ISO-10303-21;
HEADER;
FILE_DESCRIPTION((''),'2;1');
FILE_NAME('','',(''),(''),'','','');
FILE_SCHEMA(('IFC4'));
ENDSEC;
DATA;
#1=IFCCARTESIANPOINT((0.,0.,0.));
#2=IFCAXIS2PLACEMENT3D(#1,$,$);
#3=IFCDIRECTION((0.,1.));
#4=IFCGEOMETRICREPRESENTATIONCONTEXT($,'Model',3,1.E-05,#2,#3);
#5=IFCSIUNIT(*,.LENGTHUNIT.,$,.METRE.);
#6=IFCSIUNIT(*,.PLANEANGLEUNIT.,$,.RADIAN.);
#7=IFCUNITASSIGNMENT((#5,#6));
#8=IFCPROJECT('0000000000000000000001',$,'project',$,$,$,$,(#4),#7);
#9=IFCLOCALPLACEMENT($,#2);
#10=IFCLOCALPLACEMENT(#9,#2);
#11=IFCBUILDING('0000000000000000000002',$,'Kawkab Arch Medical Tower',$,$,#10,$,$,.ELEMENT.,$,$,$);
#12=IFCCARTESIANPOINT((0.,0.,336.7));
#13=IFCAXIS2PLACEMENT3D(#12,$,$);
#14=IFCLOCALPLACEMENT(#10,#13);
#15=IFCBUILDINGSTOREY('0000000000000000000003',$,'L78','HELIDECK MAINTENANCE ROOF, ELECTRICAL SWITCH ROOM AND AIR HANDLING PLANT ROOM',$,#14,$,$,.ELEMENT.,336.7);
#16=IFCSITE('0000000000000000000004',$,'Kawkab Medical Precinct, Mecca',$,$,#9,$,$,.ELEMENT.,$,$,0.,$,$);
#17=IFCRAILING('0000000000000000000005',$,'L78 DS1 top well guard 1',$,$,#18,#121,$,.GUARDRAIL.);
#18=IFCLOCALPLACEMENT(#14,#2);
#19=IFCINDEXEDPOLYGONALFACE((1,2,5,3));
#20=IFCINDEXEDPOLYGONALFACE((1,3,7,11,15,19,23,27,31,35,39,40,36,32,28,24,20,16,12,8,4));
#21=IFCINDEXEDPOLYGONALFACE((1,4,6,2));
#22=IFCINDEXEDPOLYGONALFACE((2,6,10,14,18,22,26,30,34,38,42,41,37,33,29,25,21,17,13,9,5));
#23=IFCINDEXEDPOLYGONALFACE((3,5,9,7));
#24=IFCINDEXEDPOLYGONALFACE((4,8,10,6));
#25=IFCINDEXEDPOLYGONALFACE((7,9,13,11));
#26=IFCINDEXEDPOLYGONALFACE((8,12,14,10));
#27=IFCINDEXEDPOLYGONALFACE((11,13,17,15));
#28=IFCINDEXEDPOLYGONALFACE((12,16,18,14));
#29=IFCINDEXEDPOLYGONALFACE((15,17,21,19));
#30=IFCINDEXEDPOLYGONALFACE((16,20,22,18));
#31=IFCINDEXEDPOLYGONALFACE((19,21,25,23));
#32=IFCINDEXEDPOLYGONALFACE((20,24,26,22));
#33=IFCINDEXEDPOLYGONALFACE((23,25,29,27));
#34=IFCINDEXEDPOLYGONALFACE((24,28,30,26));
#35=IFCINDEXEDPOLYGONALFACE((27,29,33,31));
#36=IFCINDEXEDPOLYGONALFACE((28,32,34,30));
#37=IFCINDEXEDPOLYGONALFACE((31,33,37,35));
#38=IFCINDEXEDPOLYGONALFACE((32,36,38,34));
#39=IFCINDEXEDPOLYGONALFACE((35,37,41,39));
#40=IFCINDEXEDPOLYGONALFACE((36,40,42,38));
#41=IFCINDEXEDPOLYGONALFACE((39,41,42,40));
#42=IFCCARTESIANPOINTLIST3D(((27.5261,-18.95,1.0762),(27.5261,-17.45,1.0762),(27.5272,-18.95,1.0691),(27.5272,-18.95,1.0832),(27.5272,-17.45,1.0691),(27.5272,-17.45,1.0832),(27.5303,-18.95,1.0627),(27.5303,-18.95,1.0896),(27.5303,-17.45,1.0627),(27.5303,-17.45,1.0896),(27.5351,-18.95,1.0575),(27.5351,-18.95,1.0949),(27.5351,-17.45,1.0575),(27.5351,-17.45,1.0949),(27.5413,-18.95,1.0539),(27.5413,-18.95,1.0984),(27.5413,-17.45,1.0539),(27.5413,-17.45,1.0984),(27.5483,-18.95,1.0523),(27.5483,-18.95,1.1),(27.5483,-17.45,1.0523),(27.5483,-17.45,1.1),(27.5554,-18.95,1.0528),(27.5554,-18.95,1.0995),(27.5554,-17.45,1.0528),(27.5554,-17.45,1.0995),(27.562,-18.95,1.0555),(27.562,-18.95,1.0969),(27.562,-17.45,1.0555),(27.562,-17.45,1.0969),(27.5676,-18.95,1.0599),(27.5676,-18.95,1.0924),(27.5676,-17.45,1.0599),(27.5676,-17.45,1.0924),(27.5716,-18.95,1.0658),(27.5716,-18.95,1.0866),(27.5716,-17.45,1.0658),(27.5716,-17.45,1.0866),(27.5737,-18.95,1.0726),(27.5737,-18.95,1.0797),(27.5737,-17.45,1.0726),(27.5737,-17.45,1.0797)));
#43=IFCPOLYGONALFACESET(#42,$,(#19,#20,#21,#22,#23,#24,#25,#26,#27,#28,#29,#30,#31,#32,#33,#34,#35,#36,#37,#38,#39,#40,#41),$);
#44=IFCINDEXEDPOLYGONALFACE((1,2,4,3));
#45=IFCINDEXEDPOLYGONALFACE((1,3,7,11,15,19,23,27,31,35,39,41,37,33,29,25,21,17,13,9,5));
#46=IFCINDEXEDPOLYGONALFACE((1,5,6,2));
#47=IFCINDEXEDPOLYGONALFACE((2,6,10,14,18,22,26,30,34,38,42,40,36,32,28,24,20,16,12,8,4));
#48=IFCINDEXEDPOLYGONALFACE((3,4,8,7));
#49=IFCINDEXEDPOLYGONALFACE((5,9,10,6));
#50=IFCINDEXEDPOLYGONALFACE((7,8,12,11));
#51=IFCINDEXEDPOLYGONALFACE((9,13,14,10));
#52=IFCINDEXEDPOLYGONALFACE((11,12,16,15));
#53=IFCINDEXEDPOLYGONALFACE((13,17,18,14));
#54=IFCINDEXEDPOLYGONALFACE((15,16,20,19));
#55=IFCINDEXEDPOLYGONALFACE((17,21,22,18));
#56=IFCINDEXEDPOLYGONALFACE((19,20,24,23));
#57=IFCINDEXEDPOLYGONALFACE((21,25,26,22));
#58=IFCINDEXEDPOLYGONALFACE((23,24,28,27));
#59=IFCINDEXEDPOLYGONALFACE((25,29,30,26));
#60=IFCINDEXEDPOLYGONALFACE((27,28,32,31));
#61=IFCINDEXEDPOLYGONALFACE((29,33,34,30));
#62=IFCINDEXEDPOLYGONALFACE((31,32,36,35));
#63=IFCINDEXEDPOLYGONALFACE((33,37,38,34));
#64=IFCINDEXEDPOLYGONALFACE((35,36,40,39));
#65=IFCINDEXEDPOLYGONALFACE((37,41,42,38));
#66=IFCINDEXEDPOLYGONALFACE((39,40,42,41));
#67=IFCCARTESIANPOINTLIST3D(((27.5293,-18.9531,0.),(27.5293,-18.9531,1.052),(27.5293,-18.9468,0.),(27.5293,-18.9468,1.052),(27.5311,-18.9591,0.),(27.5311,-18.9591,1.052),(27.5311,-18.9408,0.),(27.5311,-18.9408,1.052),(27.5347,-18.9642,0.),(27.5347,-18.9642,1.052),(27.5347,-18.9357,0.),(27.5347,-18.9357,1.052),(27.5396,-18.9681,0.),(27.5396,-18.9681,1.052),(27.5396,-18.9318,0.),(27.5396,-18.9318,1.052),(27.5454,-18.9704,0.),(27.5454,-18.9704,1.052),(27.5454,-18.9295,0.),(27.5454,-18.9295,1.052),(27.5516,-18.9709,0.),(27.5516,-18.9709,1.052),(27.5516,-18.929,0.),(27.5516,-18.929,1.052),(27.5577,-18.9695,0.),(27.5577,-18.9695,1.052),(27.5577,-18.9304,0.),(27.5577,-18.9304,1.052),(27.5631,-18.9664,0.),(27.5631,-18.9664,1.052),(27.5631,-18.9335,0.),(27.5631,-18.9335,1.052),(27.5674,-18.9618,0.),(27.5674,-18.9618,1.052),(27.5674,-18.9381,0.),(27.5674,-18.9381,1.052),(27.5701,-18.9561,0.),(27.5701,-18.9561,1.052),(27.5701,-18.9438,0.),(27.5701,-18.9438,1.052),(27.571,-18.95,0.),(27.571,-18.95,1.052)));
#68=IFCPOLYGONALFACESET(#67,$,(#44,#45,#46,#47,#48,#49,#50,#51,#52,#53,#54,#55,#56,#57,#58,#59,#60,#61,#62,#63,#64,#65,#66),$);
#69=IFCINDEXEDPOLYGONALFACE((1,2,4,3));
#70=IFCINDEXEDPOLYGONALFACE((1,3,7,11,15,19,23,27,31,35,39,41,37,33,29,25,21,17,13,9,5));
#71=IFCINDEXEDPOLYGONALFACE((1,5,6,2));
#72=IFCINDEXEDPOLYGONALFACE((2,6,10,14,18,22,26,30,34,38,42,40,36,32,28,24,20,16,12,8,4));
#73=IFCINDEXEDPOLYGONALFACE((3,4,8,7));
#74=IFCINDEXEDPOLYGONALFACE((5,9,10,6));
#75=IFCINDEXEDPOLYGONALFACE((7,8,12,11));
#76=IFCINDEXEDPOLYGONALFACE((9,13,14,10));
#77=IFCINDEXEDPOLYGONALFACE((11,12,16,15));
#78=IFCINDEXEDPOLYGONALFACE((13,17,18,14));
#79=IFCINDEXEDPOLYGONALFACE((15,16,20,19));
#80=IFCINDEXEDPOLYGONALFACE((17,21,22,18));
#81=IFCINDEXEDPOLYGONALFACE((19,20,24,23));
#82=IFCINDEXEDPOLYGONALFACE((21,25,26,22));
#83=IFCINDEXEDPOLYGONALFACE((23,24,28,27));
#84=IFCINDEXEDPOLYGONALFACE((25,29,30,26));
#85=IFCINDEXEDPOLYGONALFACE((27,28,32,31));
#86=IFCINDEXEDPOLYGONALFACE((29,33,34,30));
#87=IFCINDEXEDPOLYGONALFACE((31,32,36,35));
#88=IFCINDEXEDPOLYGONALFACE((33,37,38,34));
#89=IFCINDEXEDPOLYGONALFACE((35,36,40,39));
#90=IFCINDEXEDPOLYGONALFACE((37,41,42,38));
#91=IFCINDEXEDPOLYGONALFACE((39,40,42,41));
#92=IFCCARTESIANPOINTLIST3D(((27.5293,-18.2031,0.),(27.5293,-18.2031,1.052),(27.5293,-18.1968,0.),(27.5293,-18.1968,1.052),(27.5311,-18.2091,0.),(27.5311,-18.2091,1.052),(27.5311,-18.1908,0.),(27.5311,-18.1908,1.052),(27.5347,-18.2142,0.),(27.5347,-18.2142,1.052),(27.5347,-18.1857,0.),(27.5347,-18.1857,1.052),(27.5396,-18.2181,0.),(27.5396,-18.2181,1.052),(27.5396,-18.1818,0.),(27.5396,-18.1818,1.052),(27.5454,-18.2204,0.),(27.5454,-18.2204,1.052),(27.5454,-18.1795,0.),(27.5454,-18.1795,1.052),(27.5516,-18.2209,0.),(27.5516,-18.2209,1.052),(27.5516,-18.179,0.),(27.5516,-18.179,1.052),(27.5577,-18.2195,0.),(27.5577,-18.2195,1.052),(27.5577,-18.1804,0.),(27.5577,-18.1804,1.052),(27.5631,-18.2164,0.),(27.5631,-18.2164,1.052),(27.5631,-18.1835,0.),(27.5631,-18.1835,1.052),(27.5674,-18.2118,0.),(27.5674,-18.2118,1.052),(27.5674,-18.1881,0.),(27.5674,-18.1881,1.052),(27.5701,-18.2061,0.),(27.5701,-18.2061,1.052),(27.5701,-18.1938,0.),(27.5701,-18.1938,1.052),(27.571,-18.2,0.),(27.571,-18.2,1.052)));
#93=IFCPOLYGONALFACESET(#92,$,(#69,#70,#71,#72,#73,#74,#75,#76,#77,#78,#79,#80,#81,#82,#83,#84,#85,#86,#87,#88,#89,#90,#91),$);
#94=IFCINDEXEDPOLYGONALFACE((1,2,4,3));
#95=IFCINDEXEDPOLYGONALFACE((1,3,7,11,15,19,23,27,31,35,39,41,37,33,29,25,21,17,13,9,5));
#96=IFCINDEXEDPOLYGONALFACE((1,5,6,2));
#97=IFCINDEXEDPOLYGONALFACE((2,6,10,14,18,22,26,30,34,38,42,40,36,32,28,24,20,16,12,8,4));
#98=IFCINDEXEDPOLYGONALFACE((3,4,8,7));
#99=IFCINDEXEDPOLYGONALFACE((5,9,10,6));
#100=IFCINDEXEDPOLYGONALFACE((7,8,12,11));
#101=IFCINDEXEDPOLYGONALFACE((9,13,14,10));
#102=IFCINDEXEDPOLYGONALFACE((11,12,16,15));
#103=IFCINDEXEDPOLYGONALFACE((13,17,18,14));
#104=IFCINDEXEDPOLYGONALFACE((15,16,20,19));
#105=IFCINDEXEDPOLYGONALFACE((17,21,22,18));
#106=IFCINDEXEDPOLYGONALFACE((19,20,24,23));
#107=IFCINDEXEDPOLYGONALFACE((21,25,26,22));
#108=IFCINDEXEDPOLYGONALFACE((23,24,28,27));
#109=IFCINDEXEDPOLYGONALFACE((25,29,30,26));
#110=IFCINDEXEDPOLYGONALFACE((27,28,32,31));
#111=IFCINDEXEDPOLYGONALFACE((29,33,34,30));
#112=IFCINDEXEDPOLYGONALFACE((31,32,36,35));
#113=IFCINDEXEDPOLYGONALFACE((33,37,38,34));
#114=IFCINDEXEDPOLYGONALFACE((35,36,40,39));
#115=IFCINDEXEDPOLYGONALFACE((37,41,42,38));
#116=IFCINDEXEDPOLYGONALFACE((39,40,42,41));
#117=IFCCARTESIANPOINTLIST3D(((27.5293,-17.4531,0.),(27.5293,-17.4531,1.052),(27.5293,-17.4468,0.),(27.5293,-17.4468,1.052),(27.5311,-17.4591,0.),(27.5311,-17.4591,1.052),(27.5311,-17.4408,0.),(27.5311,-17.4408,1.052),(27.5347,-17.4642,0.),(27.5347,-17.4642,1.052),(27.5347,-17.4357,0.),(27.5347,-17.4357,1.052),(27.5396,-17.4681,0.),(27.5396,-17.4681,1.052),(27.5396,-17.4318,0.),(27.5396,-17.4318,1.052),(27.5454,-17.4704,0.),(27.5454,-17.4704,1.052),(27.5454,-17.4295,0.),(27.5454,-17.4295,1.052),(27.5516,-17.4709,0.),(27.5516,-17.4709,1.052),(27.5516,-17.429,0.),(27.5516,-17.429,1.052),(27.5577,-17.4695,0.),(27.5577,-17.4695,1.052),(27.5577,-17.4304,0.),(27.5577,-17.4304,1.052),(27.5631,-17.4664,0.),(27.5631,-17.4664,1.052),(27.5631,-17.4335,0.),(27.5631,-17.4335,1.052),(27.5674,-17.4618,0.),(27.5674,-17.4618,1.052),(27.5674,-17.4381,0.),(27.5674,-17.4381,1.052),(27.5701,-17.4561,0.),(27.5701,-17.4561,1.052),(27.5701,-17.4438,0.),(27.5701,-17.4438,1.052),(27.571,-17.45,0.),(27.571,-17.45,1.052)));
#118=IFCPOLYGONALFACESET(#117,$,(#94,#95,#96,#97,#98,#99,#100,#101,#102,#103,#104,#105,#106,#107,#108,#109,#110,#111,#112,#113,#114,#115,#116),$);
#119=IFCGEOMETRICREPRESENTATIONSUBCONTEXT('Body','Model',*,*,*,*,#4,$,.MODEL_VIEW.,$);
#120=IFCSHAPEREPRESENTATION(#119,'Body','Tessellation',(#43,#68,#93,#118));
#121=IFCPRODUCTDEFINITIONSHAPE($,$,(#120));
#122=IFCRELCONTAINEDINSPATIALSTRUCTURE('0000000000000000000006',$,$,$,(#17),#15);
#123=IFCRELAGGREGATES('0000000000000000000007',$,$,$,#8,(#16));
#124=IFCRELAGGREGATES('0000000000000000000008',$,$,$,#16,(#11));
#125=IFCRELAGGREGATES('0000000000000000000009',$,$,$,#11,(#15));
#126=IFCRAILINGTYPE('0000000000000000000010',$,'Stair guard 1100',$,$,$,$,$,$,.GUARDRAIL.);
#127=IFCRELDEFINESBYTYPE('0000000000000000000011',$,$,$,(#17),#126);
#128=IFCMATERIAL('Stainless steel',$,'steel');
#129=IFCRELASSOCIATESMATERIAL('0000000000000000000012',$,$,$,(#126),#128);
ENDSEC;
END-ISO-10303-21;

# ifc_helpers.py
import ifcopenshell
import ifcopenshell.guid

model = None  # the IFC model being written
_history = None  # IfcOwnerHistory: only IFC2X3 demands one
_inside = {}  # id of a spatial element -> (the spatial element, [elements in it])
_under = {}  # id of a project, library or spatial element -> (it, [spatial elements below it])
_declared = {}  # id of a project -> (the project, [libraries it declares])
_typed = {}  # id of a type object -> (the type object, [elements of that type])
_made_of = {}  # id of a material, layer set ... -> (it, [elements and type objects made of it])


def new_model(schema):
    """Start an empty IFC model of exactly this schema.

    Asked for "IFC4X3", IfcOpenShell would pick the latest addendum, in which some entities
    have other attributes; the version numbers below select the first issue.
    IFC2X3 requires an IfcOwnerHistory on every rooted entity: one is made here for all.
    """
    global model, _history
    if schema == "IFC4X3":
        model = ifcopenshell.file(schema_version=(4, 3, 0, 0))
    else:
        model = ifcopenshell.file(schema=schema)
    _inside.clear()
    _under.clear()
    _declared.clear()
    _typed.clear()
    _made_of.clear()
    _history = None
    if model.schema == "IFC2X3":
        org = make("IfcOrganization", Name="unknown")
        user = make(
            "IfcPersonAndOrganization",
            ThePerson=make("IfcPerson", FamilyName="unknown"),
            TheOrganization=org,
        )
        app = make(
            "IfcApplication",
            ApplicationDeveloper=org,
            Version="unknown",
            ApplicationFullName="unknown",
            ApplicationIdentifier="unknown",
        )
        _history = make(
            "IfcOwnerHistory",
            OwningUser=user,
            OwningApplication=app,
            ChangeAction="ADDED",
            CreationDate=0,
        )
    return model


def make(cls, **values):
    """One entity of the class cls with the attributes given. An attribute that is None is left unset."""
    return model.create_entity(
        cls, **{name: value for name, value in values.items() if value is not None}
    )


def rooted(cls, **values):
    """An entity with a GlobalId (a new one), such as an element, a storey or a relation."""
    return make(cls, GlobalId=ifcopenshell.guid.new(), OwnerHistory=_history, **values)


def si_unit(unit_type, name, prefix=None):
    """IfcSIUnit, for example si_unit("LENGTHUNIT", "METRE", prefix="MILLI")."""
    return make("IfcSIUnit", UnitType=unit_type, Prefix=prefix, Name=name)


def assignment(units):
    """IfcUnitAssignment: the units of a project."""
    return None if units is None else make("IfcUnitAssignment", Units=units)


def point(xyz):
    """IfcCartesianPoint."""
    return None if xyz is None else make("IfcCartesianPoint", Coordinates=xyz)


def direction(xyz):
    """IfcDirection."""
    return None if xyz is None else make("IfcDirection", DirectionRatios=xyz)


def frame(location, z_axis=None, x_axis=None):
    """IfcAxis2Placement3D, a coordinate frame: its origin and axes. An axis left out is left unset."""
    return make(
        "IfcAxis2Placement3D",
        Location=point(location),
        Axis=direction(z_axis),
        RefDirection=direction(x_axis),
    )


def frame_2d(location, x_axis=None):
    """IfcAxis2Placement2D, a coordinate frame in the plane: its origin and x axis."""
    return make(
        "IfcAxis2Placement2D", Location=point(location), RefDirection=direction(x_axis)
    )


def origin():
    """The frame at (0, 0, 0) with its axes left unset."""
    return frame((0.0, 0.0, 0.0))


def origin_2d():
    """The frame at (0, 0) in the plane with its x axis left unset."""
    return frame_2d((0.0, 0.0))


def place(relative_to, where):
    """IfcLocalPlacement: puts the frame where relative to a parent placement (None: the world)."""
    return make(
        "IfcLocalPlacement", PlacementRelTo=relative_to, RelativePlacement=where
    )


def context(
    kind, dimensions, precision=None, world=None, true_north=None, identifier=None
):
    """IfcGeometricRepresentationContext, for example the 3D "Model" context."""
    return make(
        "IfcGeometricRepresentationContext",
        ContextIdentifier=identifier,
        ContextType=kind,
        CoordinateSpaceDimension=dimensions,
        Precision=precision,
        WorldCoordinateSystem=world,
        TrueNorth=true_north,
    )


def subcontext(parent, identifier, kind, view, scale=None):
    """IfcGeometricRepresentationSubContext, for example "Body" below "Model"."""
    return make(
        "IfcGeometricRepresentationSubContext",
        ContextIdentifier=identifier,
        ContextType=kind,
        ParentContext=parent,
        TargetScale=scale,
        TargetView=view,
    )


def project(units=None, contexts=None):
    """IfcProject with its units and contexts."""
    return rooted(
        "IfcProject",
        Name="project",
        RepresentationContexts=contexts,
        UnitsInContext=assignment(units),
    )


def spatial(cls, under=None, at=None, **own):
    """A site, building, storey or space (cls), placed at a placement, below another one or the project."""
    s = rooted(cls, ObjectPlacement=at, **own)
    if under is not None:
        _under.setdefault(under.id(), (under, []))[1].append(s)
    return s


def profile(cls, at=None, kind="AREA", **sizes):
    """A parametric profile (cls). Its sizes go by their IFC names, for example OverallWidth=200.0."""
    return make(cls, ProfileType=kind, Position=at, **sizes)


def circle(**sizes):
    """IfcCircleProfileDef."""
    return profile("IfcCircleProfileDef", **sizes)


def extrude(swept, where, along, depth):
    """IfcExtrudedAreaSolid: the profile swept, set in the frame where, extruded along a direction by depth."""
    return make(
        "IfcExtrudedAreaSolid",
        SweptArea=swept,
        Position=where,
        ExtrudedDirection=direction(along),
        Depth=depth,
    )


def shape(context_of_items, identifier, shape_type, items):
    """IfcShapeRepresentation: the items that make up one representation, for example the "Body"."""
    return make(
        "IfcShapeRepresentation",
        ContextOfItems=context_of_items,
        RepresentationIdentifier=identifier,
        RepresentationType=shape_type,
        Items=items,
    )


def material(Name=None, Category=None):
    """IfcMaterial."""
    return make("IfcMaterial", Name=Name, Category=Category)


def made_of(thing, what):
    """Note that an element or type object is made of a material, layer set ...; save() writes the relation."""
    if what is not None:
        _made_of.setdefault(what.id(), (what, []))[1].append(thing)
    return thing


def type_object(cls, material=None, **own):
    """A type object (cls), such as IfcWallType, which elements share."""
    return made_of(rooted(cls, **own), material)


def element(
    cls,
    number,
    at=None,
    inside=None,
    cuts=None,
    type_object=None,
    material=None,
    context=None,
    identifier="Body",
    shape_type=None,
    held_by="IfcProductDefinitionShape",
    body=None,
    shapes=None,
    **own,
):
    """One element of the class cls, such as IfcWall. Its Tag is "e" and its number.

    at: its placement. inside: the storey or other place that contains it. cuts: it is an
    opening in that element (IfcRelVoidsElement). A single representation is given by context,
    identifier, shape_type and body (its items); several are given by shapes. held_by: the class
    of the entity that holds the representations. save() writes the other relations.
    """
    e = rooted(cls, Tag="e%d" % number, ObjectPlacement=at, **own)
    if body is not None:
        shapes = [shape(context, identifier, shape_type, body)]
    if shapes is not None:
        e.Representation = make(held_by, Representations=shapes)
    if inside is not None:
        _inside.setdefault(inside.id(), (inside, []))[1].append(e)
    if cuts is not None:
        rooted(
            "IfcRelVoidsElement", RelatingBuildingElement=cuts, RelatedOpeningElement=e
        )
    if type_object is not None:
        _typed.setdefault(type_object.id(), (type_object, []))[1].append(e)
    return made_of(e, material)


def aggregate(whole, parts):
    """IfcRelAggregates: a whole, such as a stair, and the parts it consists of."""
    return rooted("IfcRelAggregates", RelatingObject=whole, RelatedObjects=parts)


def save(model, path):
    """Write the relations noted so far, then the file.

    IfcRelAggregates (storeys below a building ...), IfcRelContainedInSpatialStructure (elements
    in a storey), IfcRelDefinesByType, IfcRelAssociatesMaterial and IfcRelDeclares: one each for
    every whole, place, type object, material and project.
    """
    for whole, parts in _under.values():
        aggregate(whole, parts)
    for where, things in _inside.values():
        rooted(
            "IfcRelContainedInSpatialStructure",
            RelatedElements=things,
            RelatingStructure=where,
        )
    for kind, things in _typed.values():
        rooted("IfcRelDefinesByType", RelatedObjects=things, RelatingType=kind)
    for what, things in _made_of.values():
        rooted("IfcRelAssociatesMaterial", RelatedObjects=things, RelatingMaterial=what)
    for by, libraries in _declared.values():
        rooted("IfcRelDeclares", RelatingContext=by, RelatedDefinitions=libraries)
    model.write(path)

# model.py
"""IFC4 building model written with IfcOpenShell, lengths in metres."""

from ifc_helpers import new_model, si_unit, direction, frame, origin, origin_2d, place, context, subcontext, project, spatial, circle, extrude, material, type_object, element, save


model = new_model("IFC4")

# Units and contexts
model_context = context("Model", 3, precision=1e-05, world=origin(), true_north=direction((0.0, 1.0)))
body_context = subcontext(model_context, "Body", "Model", "MODEL_VIEW")
ifc_project = project(units=[si_unit("LENGTHUNIT", "METRE"), si_unit("PLANEANGLEUNIT", "RADIAN")], contexts=[model_context])

# Site, building, storey
site_placement = place(None, origin())
site = spatial("IfcSite", under=ifc_project, at=site_placement, Name="Kawkab Medical Precinct, Mecca", CompositionType="ELEMENT", RefElevation=0.0)
building_placement = place(site_placement, origin())
building = spatial("IfcBuilding", under=site, at=building_placement, Name="Kawkab Arch Medical Tower", CompositionType="ELEMENT")
storey_placement = place(building_placement, frame((0.0, 0.0, 336.7)))
storey = spatial("IfcBuildingStorey", under=building, at=storey_placement, Name="L78", Description="HELIDECK MAINTENANCE ROOF, ELECTRICAL SWITCH ROOM AND AIR HANDLING PLANT ROOM", CompositionType="ELEMENT", Elevation=336.7)

# Railing
ifc_material_1 = material(Name="Stainless steel", Category="steel")
railing_type = type_object("IfcRailingType", Name="Stair guard 1100", PredefinedType="GUARDRAIL", material=ifc_material_1)
railing_placement = place(storey_placement, frame((27.55, -18.95, 0.0)))
element("IfcRailing", 1, at=railing_placement, inside=storey, type_object=railing_type, Name="L78 DS1 top well guard 1", PredefinedType="GUARDRAIL", context=body_context, shape_type="SweptSolid", body=[
    extrude(circle(Radius=0.0239, at=origin_2d()), frame((0.0, 0.0, 1.0762), z_axis=(0.0, 1.0, 0.0), x_axis=(-1.0, 0.0, 0.0)), (0.0, 0.0, 1.0), 1.5),
    extrude(circle(Radius=0.021, at=origin_2d()), origin(), (0.0, 0.0, 1.0), 1.052),
    extrude(circle(Radius=0.021, at=origin_2d()), frame((0.0, 0.75, 0.0)), (0.0, 0.0, 1.0), 1.052),
    extrude(circle(Radius=0.021, at=origin_2d()), frame((0.0, 1.5, 0.0)), (0.0, 0.0, 1.0), 1.052),
])

save(model, "model.ifc")
